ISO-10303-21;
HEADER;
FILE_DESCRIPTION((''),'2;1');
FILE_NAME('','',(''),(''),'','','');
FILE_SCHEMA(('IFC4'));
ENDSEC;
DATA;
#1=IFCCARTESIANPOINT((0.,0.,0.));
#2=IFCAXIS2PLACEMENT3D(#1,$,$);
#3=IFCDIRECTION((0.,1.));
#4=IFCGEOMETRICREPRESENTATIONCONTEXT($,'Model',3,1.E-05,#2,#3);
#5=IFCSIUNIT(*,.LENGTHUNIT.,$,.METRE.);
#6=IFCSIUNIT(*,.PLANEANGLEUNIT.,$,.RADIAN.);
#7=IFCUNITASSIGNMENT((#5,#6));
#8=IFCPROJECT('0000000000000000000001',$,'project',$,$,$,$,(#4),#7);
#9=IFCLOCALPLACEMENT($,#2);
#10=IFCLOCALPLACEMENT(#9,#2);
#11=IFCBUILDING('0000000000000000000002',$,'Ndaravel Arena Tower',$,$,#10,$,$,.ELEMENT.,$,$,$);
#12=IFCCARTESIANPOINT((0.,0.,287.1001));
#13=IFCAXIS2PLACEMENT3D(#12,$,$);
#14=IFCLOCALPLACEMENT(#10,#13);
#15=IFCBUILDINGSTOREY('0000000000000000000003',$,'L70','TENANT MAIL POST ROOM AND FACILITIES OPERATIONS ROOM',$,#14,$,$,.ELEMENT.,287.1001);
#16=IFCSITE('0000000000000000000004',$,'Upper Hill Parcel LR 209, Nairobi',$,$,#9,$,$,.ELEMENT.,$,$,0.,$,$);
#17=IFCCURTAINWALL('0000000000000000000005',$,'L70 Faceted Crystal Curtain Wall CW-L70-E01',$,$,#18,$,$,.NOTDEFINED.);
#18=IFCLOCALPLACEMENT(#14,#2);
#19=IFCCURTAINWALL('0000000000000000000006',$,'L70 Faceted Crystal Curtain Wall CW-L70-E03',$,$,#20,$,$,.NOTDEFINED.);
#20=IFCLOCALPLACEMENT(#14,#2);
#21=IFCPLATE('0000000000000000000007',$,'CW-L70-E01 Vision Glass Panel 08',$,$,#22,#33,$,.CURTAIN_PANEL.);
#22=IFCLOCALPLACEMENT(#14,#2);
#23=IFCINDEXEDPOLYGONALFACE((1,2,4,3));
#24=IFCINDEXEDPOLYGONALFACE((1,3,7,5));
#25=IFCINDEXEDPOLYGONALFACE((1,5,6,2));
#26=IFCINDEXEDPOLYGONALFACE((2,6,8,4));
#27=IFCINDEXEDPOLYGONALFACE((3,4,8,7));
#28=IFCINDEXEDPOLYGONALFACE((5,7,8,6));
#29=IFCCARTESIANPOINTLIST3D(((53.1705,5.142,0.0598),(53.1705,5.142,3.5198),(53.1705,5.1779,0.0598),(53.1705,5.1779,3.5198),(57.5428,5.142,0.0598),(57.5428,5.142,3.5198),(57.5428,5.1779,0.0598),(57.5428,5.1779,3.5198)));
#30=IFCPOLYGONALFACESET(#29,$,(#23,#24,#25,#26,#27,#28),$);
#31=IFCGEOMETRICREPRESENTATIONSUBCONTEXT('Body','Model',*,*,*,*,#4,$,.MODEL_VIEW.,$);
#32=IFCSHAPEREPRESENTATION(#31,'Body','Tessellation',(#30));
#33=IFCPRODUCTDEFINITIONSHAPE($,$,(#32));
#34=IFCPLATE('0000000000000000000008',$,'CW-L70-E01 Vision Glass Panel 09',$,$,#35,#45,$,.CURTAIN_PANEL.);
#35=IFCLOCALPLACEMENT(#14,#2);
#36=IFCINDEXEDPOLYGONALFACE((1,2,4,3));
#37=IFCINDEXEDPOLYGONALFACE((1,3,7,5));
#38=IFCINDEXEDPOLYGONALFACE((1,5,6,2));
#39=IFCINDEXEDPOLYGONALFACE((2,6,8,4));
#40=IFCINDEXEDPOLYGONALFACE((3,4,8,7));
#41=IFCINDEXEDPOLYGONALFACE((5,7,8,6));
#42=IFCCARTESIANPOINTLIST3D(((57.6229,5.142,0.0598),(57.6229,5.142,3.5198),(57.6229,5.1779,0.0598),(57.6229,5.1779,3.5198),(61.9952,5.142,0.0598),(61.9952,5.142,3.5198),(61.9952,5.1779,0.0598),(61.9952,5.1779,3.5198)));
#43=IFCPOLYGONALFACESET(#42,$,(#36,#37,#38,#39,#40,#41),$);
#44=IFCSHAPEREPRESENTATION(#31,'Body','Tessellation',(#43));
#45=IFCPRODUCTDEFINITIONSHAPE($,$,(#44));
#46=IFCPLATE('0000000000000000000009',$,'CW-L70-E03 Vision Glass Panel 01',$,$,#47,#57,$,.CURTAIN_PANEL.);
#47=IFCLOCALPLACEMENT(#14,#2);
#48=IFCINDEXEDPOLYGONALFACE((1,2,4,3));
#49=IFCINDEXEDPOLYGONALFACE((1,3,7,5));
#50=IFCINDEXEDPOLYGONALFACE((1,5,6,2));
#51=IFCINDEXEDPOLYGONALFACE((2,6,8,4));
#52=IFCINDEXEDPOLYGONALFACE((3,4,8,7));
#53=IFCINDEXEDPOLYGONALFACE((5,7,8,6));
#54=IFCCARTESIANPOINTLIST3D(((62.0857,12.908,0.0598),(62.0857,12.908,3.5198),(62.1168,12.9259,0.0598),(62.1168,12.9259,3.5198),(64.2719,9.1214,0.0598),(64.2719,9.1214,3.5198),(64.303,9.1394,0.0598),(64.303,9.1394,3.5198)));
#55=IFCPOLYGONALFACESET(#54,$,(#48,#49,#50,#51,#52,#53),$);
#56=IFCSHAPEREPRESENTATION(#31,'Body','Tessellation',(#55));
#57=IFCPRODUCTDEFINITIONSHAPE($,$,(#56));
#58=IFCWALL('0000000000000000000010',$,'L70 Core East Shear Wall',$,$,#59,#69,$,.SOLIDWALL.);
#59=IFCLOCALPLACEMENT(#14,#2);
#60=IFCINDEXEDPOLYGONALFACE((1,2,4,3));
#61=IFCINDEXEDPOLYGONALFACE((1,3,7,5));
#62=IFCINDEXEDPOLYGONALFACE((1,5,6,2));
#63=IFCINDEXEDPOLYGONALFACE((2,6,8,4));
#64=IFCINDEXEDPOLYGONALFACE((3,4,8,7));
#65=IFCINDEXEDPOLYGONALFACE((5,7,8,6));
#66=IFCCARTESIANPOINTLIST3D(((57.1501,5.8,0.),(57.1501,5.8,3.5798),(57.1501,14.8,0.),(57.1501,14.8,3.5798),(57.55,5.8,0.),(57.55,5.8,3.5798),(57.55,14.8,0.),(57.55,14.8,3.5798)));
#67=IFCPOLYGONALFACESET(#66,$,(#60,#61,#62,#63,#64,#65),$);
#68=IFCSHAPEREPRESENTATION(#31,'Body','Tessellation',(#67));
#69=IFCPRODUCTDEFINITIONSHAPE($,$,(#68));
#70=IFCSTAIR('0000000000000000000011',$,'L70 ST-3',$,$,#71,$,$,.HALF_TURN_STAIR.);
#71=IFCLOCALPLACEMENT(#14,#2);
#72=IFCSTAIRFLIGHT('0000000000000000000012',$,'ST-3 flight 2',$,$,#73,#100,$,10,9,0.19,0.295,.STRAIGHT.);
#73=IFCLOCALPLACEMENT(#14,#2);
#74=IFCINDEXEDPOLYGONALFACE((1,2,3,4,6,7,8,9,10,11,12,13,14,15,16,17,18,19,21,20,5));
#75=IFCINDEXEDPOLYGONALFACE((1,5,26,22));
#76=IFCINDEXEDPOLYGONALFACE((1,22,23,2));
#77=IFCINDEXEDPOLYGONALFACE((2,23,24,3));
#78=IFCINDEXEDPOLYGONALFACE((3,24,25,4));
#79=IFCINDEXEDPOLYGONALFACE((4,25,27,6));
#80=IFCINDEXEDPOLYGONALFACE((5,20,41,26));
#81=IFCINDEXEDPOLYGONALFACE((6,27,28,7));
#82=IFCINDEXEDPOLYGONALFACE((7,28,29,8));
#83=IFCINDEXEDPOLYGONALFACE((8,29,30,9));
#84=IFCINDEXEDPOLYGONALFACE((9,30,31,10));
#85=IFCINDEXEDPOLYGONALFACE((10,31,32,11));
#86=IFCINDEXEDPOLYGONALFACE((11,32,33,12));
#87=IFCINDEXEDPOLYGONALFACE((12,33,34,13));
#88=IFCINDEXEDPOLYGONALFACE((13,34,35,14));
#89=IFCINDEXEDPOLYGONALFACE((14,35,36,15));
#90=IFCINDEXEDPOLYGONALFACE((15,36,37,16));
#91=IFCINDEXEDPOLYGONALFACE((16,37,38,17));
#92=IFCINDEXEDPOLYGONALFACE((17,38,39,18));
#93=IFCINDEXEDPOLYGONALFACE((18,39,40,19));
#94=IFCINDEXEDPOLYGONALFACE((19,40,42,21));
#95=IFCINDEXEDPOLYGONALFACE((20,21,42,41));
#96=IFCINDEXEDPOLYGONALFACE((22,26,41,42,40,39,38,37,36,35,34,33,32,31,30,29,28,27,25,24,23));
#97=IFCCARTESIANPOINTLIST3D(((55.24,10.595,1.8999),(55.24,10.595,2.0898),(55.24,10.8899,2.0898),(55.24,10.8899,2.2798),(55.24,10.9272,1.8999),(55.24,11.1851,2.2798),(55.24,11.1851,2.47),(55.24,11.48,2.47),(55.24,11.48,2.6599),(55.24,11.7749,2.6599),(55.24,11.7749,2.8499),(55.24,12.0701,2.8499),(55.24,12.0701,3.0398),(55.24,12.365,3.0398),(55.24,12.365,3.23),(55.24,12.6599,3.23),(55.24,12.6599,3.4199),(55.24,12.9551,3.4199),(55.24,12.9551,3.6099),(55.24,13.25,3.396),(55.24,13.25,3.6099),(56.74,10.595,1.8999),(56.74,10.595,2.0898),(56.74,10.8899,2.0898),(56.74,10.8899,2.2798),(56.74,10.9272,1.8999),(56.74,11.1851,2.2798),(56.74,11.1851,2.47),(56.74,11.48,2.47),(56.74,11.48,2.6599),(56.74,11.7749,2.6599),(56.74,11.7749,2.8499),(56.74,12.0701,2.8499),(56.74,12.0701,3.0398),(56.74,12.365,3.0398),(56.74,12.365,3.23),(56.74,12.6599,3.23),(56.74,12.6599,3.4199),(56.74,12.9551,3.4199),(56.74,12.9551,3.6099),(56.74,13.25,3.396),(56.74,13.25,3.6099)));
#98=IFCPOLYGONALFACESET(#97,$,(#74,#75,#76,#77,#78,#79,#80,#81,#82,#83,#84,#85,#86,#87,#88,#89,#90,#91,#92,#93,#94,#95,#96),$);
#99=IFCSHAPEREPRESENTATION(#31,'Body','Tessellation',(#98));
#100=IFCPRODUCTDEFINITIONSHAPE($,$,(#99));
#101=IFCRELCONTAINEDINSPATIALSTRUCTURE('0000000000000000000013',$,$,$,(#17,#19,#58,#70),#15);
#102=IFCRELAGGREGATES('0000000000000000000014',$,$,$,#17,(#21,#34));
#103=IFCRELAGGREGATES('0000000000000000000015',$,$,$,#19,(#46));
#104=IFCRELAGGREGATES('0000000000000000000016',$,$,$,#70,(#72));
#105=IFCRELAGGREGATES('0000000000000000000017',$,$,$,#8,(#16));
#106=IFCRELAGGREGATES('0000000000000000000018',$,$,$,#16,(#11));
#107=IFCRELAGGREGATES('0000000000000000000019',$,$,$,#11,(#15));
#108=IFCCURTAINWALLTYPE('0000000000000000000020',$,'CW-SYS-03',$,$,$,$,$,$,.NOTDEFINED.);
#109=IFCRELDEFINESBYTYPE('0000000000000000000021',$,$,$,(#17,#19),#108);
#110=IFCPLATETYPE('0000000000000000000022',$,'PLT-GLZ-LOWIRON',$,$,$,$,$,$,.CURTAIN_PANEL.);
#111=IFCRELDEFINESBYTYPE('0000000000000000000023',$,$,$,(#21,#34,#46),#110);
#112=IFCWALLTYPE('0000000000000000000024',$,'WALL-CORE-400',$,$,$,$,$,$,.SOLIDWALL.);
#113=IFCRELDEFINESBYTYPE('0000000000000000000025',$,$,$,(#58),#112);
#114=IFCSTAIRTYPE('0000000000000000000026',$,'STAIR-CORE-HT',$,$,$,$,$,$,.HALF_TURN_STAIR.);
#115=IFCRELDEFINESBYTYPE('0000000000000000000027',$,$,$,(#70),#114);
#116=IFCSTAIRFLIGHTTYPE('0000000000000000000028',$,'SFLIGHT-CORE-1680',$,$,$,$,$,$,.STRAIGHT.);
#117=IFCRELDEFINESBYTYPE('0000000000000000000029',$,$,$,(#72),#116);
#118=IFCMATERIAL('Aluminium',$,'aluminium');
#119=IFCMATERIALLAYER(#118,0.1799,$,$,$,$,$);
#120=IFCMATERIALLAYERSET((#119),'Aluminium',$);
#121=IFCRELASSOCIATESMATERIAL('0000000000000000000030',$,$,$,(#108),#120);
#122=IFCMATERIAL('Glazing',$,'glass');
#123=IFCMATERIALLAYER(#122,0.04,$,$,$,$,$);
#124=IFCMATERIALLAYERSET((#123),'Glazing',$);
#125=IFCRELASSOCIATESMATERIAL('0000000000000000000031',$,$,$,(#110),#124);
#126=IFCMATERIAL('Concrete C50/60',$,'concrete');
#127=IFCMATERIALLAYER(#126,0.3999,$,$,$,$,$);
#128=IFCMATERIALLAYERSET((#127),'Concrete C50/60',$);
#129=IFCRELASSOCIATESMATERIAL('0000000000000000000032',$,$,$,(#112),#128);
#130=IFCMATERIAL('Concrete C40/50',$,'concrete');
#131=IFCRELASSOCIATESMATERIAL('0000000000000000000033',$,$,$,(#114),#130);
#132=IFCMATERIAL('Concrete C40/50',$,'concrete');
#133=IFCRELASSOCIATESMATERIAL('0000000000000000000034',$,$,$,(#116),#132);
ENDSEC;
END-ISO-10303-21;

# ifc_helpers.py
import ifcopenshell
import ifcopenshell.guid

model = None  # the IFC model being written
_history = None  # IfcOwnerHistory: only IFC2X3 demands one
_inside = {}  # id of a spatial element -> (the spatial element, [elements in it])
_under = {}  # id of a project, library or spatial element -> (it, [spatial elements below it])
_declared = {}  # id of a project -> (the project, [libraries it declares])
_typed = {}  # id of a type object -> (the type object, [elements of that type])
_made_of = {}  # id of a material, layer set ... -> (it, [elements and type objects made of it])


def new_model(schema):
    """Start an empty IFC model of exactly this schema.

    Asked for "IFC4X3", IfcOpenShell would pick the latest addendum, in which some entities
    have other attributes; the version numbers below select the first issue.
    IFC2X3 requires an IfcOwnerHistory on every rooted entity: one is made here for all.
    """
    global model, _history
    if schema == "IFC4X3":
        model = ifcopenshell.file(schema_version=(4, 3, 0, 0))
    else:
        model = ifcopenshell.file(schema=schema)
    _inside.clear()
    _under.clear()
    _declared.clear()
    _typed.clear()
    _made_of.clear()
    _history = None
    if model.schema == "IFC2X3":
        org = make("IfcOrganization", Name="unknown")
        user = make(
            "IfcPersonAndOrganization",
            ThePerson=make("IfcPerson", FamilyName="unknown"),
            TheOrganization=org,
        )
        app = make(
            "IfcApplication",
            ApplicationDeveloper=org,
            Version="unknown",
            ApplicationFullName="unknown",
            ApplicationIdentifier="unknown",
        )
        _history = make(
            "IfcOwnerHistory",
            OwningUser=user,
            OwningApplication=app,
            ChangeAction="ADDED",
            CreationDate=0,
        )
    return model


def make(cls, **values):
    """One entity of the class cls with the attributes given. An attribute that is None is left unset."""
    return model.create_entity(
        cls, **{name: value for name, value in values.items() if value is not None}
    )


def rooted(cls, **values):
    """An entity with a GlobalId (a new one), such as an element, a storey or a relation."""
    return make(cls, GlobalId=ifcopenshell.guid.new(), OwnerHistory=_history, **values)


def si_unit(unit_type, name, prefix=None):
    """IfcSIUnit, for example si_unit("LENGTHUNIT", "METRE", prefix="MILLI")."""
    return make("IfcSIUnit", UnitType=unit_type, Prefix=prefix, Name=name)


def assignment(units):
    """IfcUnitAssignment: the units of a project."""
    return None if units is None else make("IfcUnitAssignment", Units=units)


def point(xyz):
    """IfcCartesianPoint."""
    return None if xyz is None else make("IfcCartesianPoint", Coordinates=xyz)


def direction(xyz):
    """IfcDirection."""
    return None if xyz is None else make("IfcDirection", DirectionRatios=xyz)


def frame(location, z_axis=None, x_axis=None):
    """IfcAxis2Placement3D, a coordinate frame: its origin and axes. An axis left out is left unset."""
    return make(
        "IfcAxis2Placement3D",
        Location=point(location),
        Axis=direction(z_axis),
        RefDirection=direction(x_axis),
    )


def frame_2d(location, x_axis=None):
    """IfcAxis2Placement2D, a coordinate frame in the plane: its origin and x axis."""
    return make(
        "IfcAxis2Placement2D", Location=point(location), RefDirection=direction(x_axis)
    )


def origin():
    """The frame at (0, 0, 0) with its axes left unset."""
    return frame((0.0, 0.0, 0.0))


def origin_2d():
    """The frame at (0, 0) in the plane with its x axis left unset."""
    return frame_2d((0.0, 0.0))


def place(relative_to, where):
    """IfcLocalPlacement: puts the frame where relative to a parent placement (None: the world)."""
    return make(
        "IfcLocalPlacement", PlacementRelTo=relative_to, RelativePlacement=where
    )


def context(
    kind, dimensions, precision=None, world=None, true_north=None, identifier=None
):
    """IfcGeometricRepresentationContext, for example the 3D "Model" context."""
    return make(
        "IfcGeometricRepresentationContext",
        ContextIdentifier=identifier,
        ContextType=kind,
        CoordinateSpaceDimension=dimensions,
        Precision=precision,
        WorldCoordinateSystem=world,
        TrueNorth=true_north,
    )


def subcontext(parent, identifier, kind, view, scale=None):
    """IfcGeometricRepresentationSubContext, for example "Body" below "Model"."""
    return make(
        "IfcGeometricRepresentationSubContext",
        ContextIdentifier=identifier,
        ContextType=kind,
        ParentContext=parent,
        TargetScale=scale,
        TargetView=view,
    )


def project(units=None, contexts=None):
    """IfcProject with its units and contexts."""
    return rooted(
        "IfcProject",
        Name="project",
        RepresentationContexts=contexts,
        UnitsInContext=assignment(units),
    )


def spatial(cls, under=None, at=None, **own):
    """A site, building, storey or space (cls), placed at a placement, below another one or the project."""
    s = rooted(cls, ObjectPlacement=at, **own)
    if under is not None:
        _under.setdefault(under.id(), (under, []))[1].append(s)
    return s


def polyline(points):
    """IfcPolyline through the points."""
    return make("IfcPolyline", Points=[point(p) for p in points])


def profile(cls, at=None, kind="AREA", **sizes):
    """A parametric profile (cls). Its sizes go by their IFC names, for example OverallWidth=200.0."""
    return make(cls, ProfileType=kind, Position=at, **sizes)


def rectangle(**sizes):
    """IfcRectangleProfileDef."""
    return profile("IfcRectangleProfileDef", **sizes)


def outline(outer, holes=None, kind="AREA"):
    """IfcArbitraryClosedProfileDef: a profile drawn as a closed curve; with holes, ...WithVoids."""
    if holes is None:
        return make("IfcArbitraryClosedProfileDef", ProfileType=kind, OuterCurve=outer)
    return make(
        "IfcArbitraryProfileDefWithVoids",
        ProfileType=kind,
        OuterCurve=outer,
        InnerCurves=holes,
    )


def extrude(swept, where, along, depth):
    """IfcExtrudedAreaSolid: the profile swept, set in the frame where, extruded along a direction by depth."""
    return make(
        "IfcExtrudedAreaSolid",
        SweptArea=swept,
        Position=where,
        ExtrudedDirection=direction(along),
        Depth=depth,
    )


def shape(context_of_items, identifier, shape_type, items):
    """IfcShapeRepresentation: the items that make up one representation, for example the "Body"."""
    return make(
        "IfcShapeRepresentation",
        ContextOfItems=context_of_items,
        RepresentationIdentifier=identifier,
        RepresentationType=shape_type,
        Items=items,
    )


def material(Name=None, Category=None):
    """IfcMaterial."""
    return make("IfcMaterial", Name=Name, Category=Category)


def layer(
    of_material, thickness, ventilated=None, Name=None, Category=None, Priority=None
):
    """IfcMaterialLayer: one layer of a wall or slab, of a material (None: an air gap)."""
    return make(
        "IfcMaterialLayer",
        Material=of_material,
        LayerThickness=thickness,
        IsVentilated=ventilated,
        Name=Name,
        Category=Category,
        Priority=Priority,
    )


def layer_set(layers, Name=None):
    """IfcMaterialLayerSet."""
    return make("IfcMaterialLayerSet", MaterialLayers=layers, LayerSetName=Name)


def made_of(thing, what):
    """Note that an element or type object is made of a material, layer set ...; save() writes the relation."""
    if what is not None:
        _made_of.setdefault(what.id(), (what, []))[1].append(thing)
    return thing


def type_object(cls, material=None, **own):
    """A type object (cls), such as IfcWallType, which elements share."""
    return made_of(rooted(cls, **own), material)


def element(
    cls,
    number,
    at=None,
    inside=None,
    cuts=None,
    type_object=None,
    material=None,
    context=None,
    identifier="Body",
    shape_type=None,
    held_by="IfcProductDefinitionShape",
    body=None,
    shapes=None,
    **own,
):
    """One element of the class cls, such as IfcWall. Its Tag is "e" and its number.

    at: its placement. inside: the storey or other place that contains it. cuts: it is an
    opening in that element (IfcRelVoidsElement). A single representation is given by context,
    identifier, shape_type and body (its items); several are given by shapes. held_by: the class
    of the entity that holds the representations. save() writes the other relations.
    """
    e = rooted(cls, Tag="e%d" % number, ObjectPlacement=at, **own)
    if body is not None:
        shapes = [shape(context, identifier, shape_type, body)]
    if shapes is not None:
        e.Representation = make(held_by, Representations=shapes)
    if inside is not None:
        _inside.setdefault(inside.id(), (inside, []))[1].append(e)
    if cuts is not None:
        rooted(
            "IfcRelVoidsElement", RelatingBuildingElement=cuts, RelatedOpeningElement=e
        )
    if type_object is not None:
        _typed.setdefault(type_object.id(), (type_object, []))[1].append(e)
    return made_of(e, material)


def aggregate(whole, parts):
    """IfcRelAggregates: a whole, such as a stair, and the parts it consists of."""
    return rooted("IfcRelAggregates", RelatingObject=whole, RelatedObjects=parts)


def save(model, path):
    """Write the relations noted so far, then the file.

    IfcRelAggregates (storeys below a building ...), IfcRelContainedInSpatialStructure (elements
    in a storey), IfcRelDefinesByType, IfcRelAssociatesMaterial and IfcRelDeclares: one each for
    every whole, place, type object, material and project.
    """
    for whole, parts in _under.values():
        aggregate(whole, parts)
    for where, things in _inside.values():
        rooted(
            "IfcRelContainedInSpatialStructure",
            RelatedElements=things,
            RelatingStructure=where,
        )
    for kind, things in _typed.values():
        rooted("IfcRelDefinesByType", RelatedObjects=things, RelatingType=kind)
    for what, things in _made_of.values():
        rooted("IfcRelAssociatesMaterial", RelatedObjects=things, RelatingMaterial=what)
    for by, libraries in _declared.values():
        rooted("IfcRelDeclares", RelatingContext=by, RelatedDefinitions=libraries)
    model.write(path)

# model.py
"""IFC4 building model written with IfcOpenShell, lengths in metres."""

from ifc_helpers import new_model, si_unit, direction, frame, frame_2d, origin, origin_2d, place, context, subcontext, project, spatial, polyline, rectangle, outline, extrude, material, layer, layer_set, type_object, element, aggregate, save


model = new_model("IFC4")

# Units and contexts
model_context = context("Model", 3, precision=1e-05, world=origin(), true_north=direction((0.0, 1.0)))
body_context = subcontext(model_context, "Body", "Model", "MODEL_VIEW")
ifc_project = project(units=[si_unit("LENGTHUNIT", "METRE"), si_unit("PLANEANGLEUNIT", "RADIAN")], contexts=[model_context])

# Site, building, storey
site_placement = place(None, origin())
site = spatial("IfcSite", under=ifc_project, at=site_placement, Name="Upper Hill Parcel LR 209, Nairobi", CompositionType="ELEMENT", RefElevation=0.0)
building_placement = place(site_placement, origin())
building = spatial("IfcBuilding", under=site, at=building_placement, Name="Ndaravel Arena Tower", CompositionType="ELEMENT")
storey_placement = place(building_placement, frame((0.0, 0.0, 287.1001)))
storey = spatial("IfcBuildingStorey", under=building, at=storey_placement, Name="L70", Description="TENANT MAIL POST ROOM AND FACILITIES OPERATIONS ROOM", CompositionType="ELEMENT", Elevation=287.1001)

# Curtain walls
ifc_material_1 = material(Name="Aluminium", Category="aluminium")
ifc_layer_1 = layer(ifc_material_1, 0.1799)
ifc_layer_set_1 = layer_set([ifc_layer_1], Name="Aluminium")
curtain_wall_type_1 = type_object("IfcCurtainWallType", Name="CW-SYS-03", PredefinedType="NOTDEFINED", material=ifc_layer_set_1)
curtain_wall_1_placement = place(storey_placement, origin())
curtain_wall_1 = element("IfcCurtainWall", 1, at=curtain_wall_1_placement, inside=storey, type_object=curtain_wall_type_1, Name="L70 Faceted Crystal Curtain Wall CW-L70-E01", PredefinedType="NOTDEFINED")
curtain_wall_2_placement = place(storey_placement, origin())
curtain_wall_2 = element("IfcCurtainWall", 2, at=curtain_wall_2_placement, inside=storey, type_object=curtain_wall_type_1, Name="L70 Faceted Crystal Curtain Wall CW-L70-E03", PredefinedType="NOTDEFINED")

# Plates
ifc_material_2 = material(Name="Glazing", Category="glass")
ifc_layer_2 = layer(ifc_material_2, 0.04)
ifc_layer_set_2 = layer_set([ifc_layer_2], Name="Glazing")
plate_type_1 = type_object("IfcPlateType", Name="PLT-GLZ-LOWIRON", PredefinedType="CURTAIN_PANEL", material=ifc_layer_set_2)
plate_1_placement = place(storey_placement, frame((55.3567, 5.1599, 0.0598), z_axis=(0.0, 0.0, 1.0), x_axis=(1.0, 0.0, 0.0)))
plate_1 = element("IfcPlate", 3, at=plate_1_placement, type_object=plate_type_1, Name="CW-L70-E01 Vision Glass Panel 08", PredefinedType="CURTAIN_PANEL", context=body_context, shape_type="SweptSolid", body=[
    extrude(rectangle(XDim=4.3723, YDim=0.0359, at=origin_2d()), origin(), (0.0, 0.0, 1.0), 3.46),
])
plate_2_placement = place(storey_placement, frame((59.8091, 5.1599, 0.0598), z_axis=(0.0, 0.0, 1.0), x_axis=(1.0, 0.0, 0.0)))
plate_2 = element("IfcPlate", 4, at=plate_2_placement, type_object=plate_type_1, Name="CW-L70-E01 Vision Glass Panel 09", PredefinedType="CURTAIN_PANEL", context=body_context, shape_type="SweptSolid", body=[
    extrude(rectangle(XDim=4.3723, YDim=0.0359, at=origin_2d()), origin(), (0.0, 0.0, 1.0), 3.46),
])
aggregate(curtain_wall_1, [plate_1, plate_2])
plate_3_placement = place(storey_placement, frame((63.1943, 11.0237, 0.0598), z_axis=(0.0, 0.0, 1.0), x_axis=(-0.5, 0.866025, 0.0)))
plate_3 = element("IfcPlate", 5, at=plate_3_placement, type_object=plate_type_1, Name="CW-L70-E03 Vision Glass Panel 01", PredefinedType="CURTAIN_PANEL", context=body_context, shape_type="SweptSolid", body=[
    extrude(rectangle(XDim=4.3723, YDim=0.0359, at=origin_2d()), origin(), (0.0, 0.0, 1.0), 3.46),
])
aggregate(curtain_wall_2, [plate_3])

# Wall
ifc_material_3 = material(Name="Concrete C50/60", Category="concrete")
ifc_layer_3 = layer(ifc_material_3, 0.3999)
ifc_layer_set_3 = layer_set([ifc_layer_3], Name="Concrete C50/60")
wall_type = type_object("IfcWallType", Name="WALL-CORE-400", PredefinedType="SOLIDWALL", material=ifc_layer_set_3)
wall_placement = place(storey_placement, frame((57.3501, 5.8, 0.0), z_axis=(0.0, 0.0, 1.0), x_axis=(0.0, 1.0, 0.0)))
element("IfcWall", 6, at=wall_placement, inside=storey, type_object=wall_type, Name="L70 Core East Shear Wall", PredefinedType="SOLIDWALL", context=body_context, shape_type="SweptSolid", body=[
    extrude(rectangle(XDim=9.0, YDim=0.3999, at=frame_2d((4.5, 0.0))), origin(), (0.0, 0.0, 1.0), 3.5798),
])

# Stair, stair flight
ifc_material_4 = material(Name="Concrete C40/50", Category="concrete")
stair_type = type_object("IfcStairType", Name="STAIR-CORE-HT", PredefinedType="HALF_TURN_STAIR", material=ifc_material_4)
stair_placement = place(storey_placement, origin())
stair = element("IfcStair", 7, at=stair_placement, inside=storey, type_object=stair_type, Name="L70 ST-3", PredefinedType="HALF_TURN_STAIR")
ifc_material_5 = material(Name="Concrete C40/50", Category="concrete")
stair_flight_type = type_object("IfcStairFlightType", Name="SFLIGHT-CORE-1680", PredefinedType="STRAIGHT", material=ifc_material_5)
stair_flight_placement = place(storey_placement, frame((55.99, 10.595, 1.8999), z_axis=(0.0, 0.0, 1.0), x_axis=(0.0, 1.0, 0.0)))
stair_flight = element("IfcStairFlight", 8, at=stair_flight_placement, type_object=stair_flight_type, Name="ST-3 flight 2", NumberOfRisers=10, NumberOfTreads=9, PredefinedType="STRAIGHT", RiserHeight=0.19, TreadLength=0.295, context=body_context, shape_type="SweptSolid", body=[
    extrude(outline(polyline([(0.0, 0.0), (0.0, 0.1899), (0.2949, 0.1899), (0.2949, 0.3799), (0.5901, 0.3799), (0.5901, 0.5701), (0.885, 0.5701), (0.885, 0.76), (1.1799, 0.76), (1.1799, 0.95), (1.4751, 0.95), (1.4751, 1.1399), (1.77, 1.1399), (1.77, 1.3301), (2.0649, 1.3301), (2.0649, 1.52), (2.3601, 1.52), (2.3601, 1.71), (2.655, 1.71), (2.655, 1.8999), (2.655, 1.4961), (0.3323, 0.0), (0.0, 0.0)])), frame((0.0, 0.75, 0.0), z_axis=(0.0, -1.0, 0.0), x_axis=(1.0, 0.0, 0.0)), (0.0, 0.0, 1.0), 1.5),
])
aggregate(stair, [stair_flight])

save(model, "model.ifc")
